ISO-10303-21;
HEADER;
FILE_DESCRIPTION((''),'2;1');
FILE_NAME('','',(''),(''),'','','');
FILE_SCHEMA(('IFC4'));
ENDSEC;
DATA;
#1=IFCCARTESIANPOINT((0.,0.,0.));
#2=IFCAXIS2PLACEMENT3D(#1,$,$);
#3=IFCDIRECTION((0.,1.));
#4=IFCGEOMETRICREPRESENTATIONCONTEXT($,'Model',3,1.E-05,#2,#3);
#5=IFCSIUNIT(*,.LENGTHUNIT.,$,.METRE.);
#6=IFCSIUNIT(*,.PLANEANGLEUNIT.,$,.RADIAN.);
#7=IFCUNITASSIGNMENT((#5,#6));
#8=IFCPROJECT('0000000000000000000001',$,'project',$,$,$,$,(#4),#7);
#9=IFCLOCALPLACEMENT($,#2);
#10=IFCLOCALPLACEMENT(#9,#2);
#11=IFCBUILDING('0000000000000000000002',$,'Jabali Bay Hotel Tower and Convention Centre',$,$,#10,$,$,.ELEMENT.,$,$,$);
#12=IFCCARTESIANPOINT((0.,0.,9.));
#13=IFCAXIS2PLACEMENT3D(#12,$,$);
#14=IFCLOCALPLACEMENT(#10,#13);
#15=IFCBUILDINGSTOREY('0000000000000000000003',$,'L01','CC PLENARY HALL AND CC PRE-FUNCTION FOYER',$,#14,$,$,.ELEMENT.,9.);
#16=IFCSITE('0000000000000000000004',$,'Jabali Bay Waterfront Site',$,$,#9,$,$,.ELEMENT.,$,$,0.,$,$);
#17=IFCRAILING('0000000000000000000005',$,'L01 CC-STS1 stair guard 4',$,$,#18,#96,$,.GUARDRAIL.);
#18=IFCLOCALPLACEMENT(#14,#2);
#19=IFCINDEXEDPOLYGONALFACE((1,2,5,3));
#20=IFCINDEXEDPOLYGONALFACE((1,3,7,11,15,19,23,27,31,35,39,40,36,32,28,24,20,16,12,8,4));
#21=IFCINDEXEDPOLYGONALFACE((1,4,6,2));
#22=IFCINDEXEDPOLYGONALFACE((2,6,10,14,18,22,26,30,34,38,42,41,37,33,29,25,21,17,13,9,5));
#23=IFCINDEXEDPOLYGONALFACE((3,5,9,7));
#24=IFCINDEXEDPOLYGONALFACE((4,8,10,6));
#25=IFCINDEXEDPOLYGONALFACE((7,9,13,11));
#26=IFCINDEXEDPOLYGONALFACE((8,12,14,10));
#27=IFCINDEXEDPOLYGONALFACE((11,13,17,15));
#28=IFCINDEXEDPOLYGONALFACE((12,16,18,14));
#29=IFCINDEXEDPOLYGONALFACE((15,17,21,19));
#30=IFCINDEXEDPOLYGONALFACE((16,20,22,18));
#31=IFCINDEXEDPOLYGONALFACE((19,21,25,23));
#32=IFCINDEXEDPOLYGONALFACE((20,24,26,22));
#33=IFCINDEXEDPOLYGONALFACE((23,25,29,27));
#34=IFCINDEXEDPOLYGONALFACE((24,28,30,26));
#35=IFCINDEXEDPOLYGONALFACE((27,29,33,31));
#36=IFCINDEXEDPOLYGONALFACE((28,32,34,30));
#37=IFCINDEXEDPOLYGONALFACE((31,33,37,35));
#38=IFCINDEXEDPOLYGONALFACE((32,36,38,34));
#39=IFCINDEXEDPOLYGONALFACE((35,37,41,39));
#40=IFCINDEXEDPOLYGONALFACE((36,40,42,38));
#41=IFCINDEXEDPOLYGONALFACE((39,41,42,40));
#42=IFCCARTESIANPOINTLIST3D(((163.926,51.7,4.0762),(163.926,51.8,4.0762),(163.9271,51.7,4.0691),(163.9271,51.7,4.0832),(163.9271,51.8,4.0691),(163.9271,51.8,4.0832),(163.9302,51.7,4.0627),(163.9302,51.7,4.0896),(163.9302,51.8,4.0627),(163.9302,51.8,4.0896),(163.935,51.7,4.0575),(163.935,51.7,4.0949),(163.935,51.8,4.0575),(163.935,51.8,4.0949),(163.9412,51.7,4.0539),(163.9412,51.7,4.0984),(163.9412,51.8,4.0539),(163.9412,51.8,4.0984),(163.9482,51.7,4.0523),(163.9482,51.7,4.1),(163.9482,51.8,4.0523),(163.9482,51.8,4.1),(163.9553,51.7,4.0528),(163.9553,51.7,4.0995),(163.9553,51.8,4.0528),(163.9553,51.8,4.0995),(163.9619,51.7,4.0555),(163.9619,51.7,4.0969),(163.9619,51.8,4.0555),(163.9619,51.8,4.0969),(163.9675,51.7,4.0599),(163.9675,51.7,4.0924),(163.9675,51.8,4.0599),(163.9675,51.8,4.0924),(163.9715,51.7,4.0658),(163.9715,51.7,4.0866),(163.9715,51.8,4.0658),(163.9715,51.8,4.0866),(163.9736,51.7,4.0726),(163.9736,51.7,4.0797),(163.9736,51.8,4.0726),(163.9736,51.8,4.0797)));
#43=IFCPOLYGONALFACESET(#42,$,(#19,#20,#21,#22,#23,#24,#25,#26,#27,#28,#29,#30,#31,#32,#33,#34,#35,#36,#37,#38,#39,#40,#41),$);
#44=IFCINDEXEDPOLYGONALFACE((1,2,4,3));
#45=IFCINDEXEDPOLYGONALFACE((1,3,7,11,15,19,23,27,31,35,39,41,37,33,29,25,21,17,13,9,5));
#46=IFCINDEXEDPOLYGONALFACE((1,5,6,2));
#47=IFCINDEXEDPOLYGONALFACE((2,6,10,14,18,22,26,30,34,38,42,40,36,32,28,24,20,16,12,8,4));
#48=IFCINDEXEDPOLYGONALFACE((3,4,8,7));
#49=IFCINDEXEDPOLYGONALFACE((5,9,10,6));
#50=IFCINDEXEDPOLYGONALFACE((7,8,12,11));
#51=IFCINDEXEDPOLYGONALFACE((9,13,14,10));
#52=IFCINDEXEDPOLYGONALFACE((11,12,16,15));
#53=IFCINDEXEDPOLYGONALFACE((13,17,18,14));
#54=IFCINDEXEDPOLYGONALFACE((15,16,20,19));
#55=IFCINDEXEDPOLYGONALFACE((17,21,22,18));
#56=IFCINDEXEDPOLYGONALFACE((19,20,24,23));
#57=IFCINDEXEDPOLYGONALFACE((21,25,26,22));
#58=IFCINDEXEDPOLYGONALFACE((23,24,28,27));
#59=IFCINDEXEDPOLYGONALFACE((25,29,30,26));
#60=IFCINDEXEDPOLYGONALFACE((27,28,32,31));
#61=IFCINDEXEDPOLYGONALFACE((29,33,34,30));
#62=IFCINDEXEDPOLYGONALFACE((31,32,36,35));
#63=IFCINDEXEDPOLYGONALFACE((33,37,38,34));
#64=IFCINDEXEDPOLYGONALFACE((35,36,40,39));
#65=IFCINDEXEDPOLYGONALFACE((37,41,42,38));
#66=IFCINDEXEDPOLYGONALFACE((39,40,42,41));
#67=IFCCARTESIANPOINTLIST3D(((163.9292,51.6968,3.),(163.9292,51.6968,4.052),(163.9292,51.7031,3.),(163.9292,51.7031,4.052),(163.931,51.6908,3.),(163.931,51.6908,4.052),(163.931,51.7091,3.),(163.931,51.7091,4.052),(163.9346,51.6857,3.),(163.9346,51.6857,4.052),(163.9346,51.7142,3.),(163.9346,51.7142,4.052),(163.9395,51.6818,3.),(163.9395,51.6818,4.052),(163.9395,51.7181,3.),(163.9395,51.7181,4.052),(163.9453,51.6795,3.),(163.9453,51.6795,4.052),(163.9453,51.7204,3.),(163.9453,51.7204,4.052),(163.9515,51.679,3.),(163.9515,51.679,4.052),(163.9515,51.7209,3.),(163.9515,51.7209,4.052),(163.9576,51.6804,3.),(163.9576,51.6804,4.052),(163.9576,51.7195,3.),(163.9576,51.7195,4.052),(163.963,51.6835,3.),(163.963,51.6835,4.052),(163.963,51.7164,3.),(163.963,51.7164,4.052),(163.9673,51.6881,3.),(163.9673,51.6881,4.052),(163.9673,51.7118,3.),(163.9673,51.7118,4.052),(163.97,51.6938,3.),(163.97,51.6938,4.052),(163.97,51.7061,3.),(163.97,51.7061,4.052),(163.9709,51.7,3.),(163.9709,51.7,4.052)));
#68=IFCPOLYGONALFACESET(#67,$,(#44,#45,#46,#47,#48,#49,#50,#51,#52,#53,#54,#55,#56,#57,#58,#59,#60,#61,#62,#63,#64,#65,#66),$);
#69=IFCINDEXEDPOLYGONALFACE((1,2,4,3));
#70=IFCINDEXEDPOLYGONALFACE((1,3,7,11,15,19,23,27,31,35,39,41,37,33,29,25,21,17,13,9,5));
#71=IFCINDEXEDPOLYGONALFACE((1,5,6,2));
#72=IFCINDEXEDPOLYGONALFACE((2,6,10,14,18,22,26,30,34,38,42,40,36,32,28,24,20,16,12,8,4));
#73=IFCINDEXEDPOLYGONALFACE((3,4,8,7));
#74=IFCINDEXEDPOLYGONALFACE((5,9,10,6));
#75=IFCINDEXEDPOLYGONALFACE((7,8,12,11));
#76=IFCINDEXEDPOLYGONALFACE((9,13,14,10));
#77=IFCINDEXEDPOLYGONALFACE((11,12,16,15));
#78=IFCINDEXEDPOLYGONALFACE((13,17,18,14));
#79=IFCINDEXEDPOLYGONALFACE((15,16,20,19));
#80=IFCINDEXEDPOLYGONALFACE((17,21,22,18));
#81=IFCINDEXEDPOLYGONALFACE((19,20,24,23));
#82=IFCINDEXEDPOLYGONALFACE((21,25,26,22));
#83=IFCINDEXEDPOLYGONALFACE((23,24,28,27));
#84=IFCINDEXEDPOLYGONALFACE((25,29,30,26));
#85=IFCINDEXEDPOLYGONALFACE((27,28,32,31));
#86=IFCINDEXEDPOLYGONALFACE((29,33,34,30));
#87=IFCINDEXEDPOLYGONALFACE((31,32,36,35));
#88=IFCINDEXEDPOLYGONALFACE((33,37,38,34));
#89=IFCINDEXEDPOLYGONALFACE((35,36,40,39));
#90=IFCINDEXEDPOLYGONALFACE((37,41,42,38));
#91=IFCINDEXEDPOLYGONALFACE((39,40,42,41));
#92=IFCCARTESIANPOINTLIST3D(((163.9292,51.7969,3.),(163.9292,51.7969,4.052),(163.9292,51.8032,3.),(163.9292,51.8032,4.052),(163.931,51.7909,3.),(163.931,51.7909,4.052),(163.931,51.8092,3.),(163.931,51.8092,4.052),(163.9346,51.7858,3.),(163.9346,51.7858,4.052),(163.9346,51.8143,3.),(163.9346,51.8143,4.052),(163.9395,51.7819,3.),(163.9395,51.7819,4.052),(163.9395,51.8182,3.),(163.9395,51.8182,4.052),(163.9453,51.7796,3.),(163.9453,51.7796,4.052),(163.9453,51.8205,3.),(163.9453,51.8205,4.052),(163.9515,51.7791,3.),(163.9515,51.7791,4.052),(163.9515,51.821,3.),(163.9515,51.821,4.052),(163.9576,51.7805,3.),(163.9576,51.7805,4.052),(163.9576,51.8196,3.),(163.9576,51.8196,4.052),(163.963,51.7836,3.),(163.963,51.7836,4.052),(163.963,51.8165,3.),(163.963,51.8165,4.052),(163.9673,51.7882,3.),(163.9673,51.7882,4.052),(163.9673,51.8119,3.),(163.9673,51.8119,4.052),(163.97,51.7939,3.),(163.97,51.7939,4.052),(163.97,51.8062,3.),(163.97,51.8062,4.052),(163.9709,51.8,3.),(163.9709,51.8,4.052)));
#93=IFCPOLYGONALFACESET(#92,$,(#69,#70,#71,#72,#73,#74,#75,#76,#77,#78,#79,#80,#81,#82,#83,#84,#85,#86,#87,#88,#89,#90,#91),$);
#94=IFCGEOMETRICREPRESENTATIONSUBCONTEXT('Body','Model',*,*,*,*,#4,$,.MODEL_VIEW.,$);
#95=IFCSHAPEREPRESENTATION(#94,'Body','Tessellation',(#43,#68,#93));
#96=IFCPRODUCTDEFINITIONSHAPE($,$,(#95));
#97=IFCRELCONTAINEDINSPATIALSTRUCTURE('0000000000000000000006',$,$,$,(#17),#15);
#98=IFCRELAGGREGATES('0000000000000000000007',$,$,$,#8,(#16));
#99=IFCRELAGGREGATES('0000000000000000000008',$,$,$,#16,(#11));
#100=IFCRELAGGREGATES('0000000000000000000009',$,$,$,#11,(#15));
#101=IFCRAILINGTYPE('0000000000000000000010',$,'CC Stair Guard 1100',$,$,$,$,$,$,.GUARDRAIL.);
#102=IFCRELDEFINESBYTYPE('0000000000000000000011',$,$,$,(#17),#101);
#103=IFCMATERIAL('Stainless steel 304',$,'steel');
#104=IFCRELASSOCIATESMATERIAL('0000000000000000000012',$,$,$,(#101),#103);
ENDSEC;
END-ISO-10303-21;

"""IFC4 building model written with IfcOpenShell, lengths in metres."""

from ifc_helpers import new_model, si_unit, direction, frame, origin, origin_2d, place, context, subcontext, project, spatial, circle, extrude, material, type_object, element, save


model = new_model("IFC4")

# Units and contexts
model_context = context("Model", 3, precision=1e-05, world=origin(), true_north=direction((0.0, 1.0)))
body_context = subcontext(model_context, "Body", "Model", "MODEL_VIEW")
ifc_project = project(units=[si_unit("LENGTHUNIT", "METRE"), si_unit("PLANEANGLEUNIT", "RADIAN")], contexts=[model_context])

# Site, building, storey
site_placement = place(None, origin())
site = spatial("IfcSite", under=ifc_project, at=site_placement, Name="Jabali Bay Waterfront Site", CompositionType="ELEMENT", RefElevation=0.0)
building_placement = place(site_placement, origin())
building = spatial("IfcBuilding", under=site, at=building_placement, Name="Jabali Bay Hotel Tower and Convention Centre", CompositionType="ELEMENT")
storey_placement = place(building_placement, frame((0.0, 0.0, 9.0)))
storey = spatial("IfcBuildingStorey", under=building, at=storey_placement, Name="L01", Description="CC PLENARY HALL AND CC PRE-FUNCTION FOYER", CompositionType="ELEMENT", Elevation=9.0)

# Railing
ifc_material_1 = material(Name="Stainless steel 304", Category="steel")
railing_type_1 = type_object("IfcRailingType", Name="CC Stair Guard 1100", PredefinedType="GUARDRAIL", material=ifc_material_1)
railing_1_placement = place(storey_placement, frame((163.95, 51.7, 3.0)))
element("IfcRailing", 1, at=railing_1_placement, inside=storey, type_object=railing_type_1, Name="L01 CC-STS1 stair guard 4", PredefinedType="GUARDRAIL", context=body_context, shape_type="SweptSolid", body=[
    extrude(circle(Radius=0.0239, at=origin_2d()), frame((0.0, 0.0, 1.0762), z_axis=(0.0, 1.0, 0.0), x_axis=(-1.0, 0.0, 0.0)), (0.0, 0.0, 1.0), 0.1001),
    extrude(circle(Radius=0.021, at=origin_2d()), origin(), (0.0, 0.0, 1.0), 1.052),
    extrude(circle(Radius=0.021, at=origin_2d()), frame((0.0, 0.1001, 0.0)), (0.0, 0.0, 1.0), 1.052),
])

save(model, "model.ifc")
